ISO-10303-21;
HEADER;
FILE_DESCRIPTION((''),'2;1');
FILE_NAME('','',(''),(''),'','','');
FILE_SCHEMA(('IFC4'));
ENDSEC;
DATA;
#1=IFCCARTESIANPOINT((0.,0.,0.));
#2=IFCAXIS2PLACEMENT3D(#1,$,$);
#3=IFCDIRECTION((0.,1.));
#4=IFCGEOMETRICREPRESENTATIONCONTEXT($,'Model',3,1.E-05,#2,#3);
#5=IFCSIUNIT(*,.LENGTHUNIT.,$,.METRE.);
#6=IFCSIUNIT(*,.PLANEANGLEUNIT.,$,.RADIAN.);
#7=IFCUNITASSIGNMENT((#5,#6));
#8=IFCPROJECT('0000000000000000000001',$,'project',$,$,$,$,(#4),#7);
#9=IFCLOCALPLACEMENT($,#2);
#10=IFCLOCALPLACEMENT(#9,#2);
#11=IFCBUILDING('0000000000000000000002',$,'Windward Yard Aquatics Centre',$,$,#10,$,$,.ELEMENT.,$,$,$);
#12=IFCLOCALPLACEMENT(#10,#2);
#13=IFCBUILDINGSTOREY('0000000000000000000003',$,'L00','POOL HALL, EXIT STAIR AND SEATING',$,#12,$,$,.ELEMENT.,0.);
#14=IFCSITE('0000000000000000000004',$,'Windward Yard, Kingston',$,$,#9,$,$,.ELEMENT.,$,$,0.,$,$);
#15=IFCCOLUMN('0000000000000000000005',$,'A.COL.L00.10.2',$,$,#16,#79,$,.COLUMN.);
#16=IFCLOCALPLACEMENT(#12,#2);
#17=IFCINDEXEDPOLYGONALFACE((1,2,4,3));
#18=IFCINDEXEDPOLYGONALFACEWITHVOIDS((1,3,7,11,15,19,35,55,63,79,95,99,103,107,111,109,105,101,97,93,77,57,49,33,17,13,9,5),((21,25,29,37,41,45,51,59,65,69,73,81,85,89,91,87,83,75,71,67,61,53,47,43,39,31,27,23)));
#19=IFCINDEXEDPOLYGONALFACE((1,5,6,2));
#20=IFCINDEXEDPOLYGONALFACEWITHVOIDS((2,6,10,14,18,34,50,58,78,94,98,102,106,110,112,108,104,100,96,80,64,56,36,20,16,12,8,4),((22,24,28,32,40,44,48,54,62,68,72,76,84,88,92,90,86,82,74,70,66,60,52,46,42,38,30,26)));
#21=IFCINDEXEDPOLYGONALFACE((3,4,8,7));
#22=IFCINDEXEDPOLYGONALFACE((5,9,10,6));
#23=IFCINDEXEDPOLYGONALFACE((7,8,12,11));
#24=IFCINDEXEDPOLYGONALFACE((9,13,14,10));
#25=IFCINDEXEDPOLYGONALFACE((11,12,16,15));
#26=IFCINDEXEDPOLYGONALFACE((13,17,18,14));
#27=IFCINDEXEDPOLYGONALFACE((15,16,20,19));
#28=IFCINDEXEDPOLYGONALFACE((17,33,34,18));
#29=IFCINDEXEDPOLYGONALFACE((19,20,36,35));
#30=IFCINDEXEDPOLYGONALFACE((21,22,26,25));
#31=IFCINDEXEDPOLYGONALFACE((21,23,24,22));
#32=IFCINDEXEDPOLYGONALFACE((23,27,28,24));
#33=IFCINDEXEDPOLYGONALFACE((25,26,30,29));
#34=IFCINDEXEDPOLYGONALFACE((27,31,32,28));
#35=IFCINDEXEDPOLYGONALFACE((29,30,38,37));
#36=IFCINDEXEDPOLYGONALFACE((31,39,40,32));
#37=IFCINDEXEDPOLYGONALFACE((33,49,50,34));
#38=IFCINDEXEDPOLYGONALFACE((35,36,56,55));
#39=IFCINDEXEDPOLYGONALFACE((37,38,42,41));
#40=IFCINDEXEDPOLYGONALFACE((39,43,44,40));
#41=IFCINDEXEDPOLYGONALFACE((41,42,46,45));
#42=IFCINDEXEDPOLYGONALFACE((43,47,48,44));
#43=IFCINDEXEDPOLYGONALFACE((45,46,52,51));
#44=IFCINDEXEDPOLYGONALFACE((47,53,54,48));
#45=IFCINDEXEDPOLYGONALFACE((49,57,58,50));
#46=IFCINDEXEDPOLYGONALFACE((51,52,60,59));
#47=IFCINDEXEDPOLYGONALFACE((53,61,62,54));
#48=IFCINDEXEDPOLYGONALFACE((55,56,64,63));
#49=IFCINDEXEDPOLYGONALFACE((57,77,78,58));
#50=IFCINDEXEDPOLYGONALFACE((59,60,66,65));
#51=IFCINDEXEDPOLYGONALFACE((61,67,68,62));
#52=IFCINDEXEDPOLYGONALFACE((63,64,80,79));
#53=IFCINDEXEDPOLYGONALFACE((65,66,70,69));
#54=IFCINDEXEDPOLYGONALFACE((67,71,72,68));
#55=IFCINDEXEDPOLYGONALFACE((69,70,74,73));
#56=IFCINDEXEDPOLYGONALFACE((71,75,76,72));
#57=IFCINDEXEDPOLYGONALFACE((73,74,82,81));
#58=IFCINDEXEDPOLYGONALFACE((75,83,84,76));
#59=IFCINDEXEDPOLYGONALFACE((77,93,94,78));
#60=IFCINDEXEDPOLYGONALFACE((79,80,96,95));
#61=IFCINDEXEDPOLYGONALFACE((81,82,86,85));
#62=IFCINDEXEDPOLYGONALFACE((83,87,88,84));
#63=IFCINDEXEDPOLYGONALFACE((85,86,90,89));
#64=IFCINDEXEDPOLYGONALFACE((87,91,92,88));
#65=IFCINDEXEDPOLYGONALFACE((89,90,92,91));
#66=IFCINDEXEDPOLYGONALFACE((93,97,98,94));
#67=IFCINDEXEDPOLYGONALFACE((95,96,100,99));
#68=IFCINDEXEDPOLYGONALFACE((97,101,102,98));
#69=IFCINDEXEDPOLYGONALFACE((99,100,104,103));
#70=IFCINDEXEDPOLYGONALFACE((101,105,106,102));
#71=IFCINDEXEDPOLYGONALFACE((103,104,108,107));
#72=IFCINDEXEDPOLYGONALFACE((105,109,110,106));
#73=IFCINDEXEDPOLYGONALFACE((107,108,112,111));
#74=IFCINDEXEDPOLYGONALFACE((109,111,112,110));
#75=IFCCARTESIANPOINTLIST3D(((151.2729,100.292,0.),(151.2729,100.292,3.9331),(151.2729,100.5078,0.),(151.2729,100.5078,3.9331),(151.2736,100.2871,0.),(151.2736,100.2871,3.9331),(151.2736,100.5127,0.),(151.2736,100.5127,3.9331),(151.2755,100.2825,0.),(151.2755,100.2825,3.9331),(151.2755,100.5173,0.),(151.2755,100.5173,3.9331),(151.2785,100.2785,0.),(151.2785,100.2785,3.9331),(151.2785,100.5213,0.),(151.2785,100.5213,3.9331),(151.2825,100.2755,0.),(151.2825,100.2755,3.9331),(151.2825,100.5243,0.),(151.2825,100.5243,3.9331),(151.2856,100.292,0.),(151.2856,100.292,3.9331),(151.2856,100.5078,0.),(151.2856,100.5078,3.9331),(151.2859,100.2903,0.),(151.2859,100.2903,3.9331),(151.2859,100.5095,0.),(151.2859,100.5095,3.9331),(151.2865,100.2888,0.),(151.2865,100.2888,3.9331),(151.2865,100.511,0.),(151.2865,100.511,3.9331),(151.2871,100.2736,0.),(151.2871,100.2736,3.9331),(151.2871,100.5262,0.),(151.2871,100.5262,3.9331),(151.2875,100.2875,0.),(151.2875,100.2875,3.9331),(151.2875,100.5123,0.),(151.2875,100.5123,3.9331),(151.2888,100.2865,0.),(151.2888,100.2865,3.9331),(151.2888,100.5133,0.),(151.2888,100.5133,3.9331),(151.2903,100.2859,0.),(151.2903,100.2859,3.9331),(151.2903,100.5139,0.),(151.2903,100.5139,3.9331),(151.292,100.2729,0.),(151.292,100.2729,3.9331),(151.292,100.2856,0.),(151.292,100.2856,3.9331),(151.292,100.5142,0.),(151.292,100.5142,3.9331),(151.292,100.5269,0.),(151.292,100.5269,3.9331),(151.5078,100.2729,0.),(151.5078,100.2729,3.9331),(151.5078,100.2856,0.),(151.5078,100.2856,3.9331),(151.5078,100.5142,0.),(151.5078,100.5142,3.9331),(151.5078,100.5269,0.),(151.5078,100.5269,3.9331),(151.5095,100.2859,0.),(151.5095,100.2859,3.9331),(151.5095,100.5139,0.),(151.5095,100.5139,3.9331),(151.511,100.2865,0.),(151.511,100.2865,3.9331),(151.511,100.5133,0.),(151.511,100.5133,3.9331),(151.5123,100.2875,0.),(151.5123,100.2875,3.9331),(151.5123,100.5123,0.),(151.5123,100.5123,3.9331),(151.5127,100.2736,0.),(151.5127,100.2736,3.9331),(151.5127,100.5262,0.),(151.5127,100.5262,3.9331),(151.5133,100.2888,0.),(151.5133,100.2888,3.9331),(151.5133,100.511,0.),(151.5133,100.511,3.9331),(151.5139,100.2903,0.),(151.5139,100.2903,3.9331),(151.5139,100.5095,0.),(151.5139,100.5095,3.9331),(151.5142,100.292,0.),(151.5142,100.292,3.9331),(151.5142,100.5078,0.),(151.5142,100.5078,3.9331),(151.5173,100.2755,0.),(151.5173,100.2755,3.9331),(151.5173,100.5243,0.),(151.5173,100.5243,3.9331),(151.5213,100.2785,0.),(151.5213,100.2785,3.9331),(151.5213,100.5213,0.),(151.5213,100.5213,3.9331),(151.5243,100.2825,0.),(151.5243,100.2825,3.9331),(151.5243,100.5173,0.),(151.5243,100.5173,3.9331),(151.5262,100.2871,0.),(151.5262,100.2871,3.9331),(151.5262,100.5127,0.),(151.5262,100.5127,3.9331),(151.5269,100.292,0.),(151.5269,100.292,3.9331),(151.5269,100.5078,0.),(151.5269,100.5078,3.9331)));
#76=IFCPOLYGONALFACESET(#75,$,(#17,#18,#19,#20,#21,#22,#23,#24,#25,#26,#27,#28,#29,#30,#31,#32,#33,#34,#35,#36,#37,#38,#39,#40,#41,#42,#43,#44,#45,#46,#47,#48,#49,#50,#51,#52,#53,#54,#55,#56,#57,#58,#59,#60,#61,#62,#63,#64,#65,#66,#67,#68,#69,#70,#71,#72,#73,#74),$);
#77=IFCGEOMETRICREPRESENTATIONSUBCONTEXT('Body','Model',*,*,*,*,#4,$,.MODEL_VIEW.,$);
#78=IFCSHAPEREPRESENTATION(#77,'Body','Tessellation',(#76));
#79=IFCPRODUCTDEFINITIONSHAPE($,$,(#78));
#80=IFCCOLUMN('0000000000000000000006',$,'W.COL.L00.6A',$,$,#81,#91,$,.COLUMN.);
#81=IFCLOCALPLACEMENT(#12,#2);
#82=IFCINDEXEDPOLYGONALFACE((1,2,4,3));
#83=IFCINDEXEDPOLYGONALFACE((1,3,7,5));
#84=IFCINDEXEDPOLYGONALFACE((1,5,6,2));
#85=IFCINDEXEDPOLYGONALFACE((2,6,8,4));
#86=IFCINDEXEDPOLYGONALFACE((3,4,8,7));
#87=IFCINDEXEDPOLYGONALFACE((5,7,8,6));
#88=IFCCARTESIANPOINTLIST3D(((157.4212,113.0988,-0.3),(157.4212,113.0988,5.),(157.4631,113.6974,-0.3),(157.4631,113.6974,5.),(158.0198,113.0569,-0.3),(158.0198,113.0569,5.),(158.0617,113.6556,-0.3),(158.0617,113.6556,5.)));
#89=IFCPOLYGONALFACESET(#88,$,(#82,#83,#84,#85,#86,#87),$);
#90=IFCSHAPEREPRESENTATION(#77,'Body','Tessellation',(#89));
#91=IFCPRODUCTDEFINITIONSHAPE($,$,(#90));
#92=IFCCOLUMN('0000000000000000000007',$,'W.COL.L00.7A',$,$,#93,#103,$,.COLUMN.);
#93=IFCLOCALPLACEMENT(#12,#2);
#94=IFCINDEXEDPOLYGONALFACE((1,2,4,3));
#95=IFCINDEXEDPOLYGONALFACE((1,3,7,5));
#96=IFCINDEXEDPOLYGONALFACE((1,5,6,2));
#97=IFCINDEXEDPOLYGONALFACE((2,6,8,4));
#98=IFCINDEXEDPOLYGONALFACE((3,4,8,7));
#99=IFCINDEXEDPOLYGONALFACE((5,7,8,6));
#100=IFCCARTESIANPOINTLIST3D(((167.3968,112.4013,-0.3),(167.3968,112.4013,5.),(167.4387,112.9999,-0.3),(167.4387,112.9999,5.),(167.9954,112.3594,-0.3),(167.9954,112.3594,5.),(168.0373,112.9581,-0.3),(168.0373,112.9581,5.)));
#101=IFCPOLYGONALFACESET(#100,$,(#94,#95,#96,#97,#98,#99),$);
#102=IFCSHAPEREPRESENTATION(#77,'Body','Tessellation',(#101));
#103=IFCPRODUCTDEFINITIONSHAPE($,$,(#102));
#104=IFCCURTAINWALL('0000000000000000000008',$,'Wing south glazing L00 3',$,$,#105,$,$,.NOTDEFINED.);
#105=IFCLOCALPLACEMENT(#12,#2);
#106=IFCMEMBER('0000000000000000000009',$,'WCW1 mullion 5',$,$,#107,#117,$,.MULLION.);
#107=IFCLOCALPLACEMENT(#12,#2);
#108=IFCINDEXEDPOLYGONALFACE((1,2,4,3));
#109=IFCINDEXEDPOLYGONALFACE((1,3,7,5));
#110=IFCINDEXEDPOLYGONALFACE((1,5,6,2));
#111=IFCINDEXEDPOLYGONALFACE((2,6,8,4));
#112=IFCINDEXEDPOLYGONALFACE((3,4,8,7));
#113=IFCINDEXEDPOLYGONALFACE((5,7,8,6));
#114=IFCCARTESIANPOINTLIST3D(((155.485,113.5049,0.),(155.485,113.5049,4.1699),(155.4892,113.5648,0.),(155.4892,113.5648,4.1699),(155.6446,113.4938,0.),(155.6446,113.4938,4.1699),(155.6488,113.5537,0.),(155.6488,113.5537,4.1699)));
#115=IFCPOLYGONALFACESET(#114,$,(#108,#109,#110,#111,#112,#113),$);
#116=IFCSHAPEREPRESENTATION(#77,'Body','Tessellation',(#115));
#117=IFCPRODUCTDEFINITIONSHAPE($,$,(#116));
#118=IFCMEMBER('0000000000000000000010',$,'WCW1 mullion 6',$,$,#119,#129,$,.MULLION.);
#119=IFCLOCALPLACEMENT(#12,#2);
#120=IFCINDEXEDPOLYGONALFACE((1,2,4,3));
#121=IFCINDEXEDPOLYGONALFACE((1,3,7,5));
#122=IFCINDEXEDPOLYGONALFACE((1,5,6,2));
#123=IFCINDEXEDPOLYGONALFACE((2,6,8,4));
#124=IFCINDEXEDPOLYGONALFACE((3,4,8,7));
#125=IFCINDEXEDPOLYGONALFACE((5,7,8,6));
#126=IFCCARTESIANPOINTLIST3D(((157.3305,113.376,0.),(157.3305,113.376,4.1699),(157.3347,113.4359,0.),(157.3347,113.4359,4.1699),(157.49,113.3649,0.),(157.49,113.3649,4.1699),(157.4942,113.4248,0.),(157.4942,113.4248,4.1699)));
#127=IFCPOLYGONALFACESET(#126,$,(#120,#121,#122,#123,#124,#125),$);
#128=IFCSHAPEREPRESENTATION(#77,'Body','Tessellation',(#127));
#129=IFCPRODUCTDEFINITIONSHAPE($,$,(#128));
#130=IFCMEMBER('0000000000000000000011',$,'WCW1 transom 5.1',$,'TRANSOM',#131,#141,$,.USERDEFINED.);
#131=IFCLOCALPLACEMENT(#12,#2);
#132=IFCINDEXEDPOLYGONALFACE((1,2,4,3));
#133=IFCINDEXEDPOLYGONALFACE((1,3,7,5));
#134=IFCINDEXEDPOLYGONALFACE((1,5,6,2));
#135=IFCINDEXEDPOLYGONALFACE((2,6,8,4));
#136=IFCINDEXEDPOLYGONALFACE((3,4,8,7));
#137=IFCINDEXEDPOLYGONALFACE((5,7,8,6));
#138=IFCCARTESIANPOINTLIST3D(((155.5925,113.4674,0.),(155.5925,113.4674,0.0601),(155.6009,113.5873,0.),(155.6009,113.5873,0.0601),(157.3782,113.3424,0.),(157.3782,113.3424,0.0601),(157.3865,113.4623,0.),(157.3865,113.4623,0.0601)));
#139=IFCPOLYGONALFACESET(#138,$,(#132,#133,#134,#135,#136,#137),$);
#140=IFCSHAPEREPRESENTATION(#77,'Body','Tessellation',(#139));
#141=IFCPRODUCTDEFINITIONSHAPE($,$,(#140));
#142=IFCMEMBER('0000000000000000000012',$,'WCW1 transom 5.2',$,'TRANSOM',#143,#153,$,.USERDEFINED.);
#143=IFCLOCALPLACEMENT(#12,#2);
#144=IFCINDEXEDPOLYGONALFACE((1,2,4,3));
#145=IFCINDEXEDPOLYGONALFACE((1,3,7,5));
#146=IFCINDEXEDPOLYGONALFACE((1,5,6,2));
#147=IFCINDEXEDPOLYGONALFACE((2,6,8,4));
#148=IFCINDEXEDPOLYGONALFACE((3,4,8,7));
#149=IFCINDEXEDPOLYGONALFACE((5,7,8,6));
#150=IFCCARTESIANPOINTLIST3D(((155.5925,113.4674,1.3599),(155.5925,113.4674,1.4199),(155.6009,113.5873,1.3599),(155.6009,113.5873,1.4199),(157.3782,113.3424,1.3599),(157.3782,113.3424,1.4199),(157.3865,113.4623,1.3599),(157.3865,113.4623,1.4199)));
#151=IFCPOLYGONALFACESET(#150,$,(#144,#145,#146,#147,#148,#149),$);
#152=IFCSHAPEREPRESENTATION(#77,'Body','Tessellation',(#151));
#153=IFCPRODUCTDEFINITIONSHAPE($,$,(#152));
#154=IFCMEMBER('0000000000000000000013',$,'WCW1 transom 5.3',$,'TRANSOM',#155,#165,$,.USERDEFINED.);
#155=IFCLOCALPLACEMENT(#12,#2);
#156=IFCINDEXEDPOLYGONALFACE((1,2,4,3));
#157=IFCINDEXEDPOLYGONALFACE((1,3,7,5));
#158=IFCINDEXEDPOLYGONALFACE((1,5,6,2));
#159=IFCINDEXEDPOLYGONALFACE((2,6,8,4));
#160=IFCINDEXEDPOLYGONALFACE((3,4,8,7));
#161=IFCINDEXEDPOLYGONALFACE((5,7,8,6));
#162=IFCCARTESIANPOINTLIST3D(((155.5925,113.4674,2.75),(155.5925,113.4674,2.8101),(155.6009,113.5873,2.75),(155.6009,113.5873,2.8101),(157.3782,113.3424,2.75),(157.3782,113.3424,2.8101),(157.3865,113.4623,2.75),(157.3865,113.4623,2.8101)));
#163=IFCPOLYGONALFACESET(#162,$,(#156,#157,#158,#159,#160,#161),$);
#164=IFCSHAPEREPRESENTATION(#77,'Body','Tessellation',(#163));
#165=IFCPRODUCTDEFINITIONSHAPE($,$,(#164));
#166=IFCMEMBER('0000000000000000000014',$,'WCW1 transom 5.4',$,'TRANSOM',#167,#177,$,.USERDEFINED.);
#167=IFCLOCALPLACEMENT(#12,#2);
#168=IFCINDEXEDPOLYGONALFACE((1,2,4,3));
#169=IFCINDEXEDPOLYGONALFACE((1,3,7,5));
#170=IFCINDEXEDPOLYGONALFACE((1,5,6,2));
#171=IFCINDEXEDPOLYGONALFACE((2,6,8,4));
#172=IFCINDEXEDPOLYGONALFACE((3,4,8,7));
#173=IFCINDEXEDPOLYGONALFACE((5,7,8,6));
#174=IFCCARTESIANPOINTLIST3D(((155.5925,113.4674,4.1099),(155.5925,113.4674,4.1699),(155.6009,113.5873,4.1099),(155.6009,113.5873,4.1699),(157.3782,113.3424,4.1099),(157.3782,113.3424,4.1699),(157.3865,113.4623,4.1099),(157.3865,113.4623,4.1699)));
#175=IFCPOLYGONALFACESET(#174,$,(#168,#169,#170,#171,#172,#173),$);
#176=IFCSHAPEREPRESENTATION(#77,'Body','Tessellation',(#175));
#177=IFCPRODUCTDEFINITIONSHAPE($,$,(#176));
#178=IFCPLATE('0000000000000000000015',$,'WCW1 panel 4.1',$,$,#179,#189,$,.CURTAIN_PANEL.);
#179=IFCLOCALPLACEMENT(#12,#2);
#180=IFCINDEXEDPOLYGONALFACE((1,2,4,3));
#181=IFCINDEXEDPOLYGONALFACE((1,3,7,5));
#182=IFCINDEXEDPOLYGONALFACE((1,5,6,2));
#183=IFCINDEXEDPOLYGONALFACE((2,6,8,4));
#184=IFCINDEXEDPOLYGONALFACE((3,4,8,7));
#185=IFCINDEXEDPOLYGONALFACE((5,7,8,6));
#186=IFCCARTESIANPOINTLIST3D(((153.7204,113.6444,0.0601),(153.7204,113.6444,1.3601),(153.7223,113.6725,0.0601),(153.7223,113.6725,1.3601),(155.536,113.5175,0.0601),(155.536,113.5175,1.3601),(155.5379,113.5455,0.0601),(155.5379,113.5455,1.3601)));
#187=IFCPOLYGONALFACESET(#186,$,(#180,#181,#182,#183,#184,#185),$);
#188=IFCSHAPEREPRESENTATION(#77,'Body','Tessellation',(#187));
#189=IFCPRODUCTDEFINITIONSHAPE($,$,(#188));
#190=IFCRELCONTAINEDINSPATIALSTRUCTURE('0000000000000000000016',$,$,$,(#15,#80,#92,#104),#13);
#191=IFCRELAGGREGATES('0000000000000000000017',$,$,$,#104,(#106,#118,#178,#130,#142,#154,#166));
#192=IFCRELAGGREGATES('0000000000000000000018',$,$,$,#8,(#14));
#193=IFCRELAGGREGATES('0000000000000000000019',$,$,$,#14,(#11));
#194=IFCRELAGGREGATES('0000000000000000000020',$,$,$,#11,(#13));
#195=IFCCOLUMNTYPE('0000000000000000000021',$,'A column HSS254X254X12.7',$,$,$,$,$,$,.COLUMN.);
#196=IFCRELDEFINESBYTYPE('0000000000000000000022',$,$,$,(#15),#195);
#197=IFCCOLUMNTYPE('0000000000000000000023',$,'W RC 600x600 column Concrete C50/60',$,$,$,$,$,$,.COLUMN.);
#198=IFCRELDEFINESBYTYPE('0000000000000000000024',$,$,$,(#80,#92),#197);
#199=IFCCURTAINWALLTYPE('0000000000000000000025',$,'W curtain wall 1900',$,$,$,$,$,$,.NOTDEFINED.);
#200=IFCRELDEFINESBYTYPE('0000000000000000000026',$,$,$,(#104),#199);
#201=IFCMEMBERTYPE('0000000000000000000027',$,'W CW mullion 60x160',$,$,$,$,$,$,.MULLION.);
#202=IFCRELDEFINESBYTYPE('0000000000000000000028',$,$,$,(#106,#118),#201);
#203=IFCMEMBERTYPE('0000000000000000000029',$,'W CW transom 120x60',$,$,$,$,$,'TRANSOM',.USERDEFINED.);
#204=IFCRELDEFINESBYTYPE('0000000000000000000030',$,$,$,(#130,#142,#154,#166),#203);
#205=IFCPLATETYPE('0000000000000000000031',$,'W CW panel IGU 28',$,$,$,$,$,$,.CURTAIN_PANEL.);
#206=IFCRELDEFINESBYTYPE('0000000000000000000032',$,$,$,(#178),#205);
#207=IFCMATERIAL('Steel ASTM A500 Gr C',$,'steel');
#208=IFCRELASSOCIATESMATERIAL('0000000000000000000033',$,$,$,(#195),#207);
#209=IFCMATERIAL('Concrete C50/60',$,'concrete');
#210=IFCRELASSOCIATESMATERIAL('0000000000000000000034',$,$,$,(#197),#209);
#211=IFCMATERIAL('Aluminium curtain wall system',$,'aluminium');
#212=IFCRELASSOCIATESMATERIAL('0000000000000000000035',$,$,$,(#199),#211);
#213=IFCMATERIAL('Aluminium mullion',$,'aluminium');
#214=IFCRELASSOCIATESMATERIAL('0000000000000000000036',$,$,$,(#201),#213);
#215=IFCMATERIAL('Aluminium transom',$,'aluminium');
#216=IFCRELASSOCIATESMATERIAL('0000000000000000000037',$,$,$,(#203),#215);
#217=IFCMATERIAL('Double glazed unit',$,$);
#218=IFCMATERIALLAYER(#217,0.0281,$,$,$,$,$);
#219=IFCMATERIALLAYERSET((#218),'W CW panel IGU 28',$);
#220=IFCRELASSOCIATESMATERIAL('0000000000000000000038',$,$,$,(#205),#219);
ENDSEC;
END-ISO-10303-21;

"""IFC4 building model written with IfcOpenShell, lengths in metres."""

from ifc_helpers import new_model, si_unit, direction, frame, origin, origin_2d, place, context, subcontext, project, spatial, rectangle, hollow_rectangle, extrude, material, layer, layer_set, material_profile, profile_set, type_object, element, aggregate, save


model = new_model("IFC4")

# Units and contexts
model_context = context("Model", 3, precision=1e-05, world=origin(), true_north=direction((0.0, 1.0)))
body_context = subcontext(model_context, "Body", "Model", "MODEL_VIEW")
ifc_project = project(units=[si_unit("LENGTHUNIT", "METRE"), si_unit("PLANEANGLEUNIT", "RADIAN")], contexts=[model_context])

# Site, building, storey
site_placement = place(None, origin())
site = spatial("IfcSite", under=ifc_project, at=site_placement, Name="Windward Yard, Kingston", CompositionType="ELEMENT", RefElevation=0.0)
building_placement = place(site_placement, origin())
building = spatial("IfcBuilding", under=site, at=building_placement, Name="Windward Yard Aquatics Centre", CompositionType="ELEMENT")
storey_placement = place(building_placement, origin())
storey = spatial("IfcBuildingStorey", under=building, at=storey_placement, Name="L00", Description="POOL HALL, EXIT STAIR AND SEATING", CompositionType="ELEMENT", Elevation=0.0)

# Columns
ifc_material_1 = material(Name="Steel ASTM A500 Gr C", Category="steel")
ifc_material_profile_1 = material_profile(ifc_material_1, hollow_rectangle(XDim=0.2539, YDim=0.2539, WallThickness=0.0127, InnerFilletRadius=0.0063, OuterFilletRadius=0.019, at=origin_2d()), Name="HSS254X254X12.7")
ifc_profile_set_1 = profile_set([ifc_material_profile_1], Name="Steel ASTM A500 Gr C")
column_type_1 = type_object("IfcColumnType", Name="A column HSS254X254X12.7", PredefinedType="COLUMN", material=ifc_profile_set_1)
column_placement = place(storey_placement, frame((151.3999, 100.3999, 0.0), z_axis=(0.0, 0.0, 1.0), x_axis=(1.0, 0.0, 0.0)))
element("IfcColumn", 1, at=column_placement, inside=storey, type_object=column_type_1, Name="A.COL.L00.10.2", PredefinedType="COLUMN", context=body_context, shape_type="SweptSolid", body=[
    extrude(hollow_rectangle(XDim=0.2539, YDim=0.2539, WallThickness=0.0127, InnerFilletRadius=0.0063, OuterFilletRadius=0.019, at=origin_2d()), origin(), (0.0, 0.0, 1.0), 3.9331),
])
ifc_material_2 = material(Name="Concrete C50/60", Category="concrete")
ifc_material_profile_2 = material_profile(ifc_material_2, rectangle(XDim=0.6001, YDim=0.6001, at=origin_2d()), Name="RC 600x600")
ifc_profile_set_2 = profile_set([ifc_material_profile_2], Name="Concrete C50/60")
column_type_2 = type_object("IfcColumnType", Name="W RC 600x600 column Concrete C50/60", PredefinedType="COLUMN", material=ifc_profile_set_2)
for number, where, z_axis, x_axis, name in (
    (2, (157.7415, 113.3772, -0.3), (0.0, 0.0, 1.0), (0.997564, -0.069756, 0.0), "W.COL.L00.6A"),
    (3, (167.717, 112.6797, -0.3), (0.0, 0.0, 1.0), (0.997564, -0.069756, 0.0), "W.COL.L00.7A"),
):
    element("IfcColumn", number, at=place(storey_placement, frame(where, z_axis=z_axis, x_axis=x_axis)), inside=storey, type_object=column_type_2, Name=name, PredefinedType="COLUMN", context=body_context, shape_type="SweptSolid", body=[
        extrude(rectangle(XDim=0.6001, YDim=0.6001, at=origin_2d()), origin(), (0.0, 0.0, 1.0), 5.3),
    ])

# Curtain wall, members, plate
ifc_material_3 = material(Name="Aluminium curtain wall system", Category="aluminium")
curtain_wall_type = type_object("IfcCurtainWallType", Name="W curtain wall 1900", PredefinedType="NOTDEFINED", material=ifc_material_3)
curtain_wall_placement = place(storey_placement, origin())
curtain_wall = element("IfcCurtainWall", 4, at=curtain_wall_placement, inside=storey, type_object=curtain_wall_type, Name="Wing south glazing L00 3", PredefinedType="NOTDEFINED")
ifc_material_4 = material(Name="Aluminium mullion", Category="aluminium")
ifc_material_profile_3 = material_profile(ifc_material_4, rectangle(XDim=0.0601, YDim=0.1599, at=origin_2d()), Name="AL 60x160")
ifc_profile_set_3 = profile_set([ifc_material_profile_3], Name="Aluminium mullion")
member_type_1 = type_object("IfcMemberType", Name="W CW mullion 60x160", PredefinedType="MULLION", material=ifc_profile_set_3)
member_1_placement = place(storey_placement, frame((155.5669, 113.5293, 0.0), z_axis=(0.0, 0.0, 1.0), x_axis=(0.069755, 0.997564, 0.0)))
member_1 = element("IfcMember", 5, at=member_1_placement, type_object=member_type_1, Name="WCW1 mullion 5", PredefinedType="MULLION", context=body_context, shape_type="SweptSolid", body=[
    extrude(rectangle(XDim=0.0601, YDim=0.1599, at=origin_2d()), origin(), (0.0, 0.0, 1.0), 4.1699),
])
member_2_placement = place(storey_placement, frame((157.4124, 113.4004, 0.0), z_axis=(0.0, 0.0, 1.0), x_axis=(0.069755, 0.997564, 0.0)))
member_2 = element("IfcMember", 6, at=member_2_placement, type_object=member_type_1, Name="WCW1 mullion 6", PredefinedType="MULLION", context=body_context, shape_type="SweptSolid", body=[
    extrude(rectangle(XDim=0.0601, YDim=0.1599, at=origin_2d()), origin(), (0.0, 0.0, 1.0), 4.1699),
])
ifc_material_5 = material(Name="Aluminium transom", Category="aluminium")
ifc_material_profile_4 = material_profile(ifc_material_5, rectangle(XDim=0.1201, YDim=0.0601, at=origin_2d()), Name="AL 120x60")
ifc_profile_set_4 = profile_set([ifc_material_profile_4], Name="Aluminium transom")
member_type_2 = type_object("IfcMemberType", Name="W CW transom 120x60", ElementType="TRANSOM", PredefinedType="USERDEFINED", material=ifc_profile_set_4)
member_3_placement = place(storey_placement, frame((155.5967, 113.5273, 0.03), z_axis=(0.997559, -0.069832, 0.0), x_axis=(0.069832, 0.997559, 0.0)))
member_3 = element("IfcMember", 7, at=member_3_placement, type_object=member_type_2, Name="WCW1 transom 5.1", ObjectType="TRANSOM", PredefinedType="USERDEFINED", context=body_context, shape_type="SweptSolid", body=[
    extrude(rectangle(XDim=0.1201, YDim=0.0601, at=origin_2d()), origin(), (0.0, 0.0, 1.0), 1.79),
])
member_4_placement = place(storey_placement, frame((155.5967, 113.5273, 1.3899), z_axis=(0.997559, -0.069832, 0.0), x_axis=(0.069832, 0.997559, 0.0)))
member_4 = element("IfcMember", 8, at=member_4_placement, type_object=member_type_2, Name="WCW1 transom 5.2", ObjectType="TRANSOM", PredefinedType="USERDEFINED", context=body_context, shape_type="SweptSolid", body=[
    extrude(rectangle(XDim=0.1201, YDim=0.0601, at=origin_2d()), origin(), (0.0, 0.0, 1.0), 1.79),
])
member_5_placement = place(storey_placement, frame((155.5967, 113.5273, 2.78), z_axis=(0.997559, -0.069832, 0.0), x_axis=(0.069832, 0.997559, 0.0)))
member_5 = element("IfcMember", 9, at=member_5_placement, type_object=member_type_2, Name="WCW1 transom 5.3", ObjectType="TRANSOM", PredefinedType="USERDEFINED", context=body_context, shape_type="SweptSolid", body=[
    extrude(rectangle(XDim=0.1201, YDim=0.0601, at=origin_2d()), origin(), (0.0, 0.0, 1.0), 1.79),
])
member_6_placement = place(storey_placement, frame((155.5967, 113.5273, 4.1399), z_axis=(0.997559, -0.069832, 0.0), x_axis=(0.069832, 0.997559, 0.0)))
member_6 = element("IfcMember", 10, at=member_6_placement, type_object=member_type_2, Name="WCW1 transom 5.4", ObjectType="TRANSOM", PredefinedType="USERDEFINED", context=body_context, shape_type="SweptSolid", body=[
    extrude(rectangle(XDim=0.1201, YDim=0.0601, at=origin_2d()), origin(), (0.0, 0.0, 1.0), 1.79),
])
ifc_material_6 = material(Name="Double glazed unit")
ifc_layer_1 = layer(ifc_material_6, 0.0281)
ifc_layer_set_1 = layer_set([ifc_layer_1], Name="W CW panel IGU 28")
plate_type = type_object("IfcPlateType", Name="W CW panel IGU 28", PredefinedType="CURTAIN_PANEL", material=ifc_layer_set_1)
plate_1_placement = place(storey_placement, frame((154.6292, 113.595, 0.0601), z_axis=(0.0, 0.0, 1.0), x_axis=(0.997564, -0.069755, 0.0)))
plate_1 = element("IfcPlate", 11, at=plate_1_placement, type_object=plate_type, Name="WCW1 panel 4.1", PredefinedType="CURTAIN_PANEL", context=body_context, shape_type="SweptSolid", body=[
    extrude(rectangle(XDim=1.8201, YDim=0.0281, at=origin_2d()), origin(), (0.0, 0.0, 1.0), 1.3),
])
aggregate(curtain_wall, [member_1, member_2, plate_1, member_3, member_4, member_5, member_6])

save(model, "model.ifc")
